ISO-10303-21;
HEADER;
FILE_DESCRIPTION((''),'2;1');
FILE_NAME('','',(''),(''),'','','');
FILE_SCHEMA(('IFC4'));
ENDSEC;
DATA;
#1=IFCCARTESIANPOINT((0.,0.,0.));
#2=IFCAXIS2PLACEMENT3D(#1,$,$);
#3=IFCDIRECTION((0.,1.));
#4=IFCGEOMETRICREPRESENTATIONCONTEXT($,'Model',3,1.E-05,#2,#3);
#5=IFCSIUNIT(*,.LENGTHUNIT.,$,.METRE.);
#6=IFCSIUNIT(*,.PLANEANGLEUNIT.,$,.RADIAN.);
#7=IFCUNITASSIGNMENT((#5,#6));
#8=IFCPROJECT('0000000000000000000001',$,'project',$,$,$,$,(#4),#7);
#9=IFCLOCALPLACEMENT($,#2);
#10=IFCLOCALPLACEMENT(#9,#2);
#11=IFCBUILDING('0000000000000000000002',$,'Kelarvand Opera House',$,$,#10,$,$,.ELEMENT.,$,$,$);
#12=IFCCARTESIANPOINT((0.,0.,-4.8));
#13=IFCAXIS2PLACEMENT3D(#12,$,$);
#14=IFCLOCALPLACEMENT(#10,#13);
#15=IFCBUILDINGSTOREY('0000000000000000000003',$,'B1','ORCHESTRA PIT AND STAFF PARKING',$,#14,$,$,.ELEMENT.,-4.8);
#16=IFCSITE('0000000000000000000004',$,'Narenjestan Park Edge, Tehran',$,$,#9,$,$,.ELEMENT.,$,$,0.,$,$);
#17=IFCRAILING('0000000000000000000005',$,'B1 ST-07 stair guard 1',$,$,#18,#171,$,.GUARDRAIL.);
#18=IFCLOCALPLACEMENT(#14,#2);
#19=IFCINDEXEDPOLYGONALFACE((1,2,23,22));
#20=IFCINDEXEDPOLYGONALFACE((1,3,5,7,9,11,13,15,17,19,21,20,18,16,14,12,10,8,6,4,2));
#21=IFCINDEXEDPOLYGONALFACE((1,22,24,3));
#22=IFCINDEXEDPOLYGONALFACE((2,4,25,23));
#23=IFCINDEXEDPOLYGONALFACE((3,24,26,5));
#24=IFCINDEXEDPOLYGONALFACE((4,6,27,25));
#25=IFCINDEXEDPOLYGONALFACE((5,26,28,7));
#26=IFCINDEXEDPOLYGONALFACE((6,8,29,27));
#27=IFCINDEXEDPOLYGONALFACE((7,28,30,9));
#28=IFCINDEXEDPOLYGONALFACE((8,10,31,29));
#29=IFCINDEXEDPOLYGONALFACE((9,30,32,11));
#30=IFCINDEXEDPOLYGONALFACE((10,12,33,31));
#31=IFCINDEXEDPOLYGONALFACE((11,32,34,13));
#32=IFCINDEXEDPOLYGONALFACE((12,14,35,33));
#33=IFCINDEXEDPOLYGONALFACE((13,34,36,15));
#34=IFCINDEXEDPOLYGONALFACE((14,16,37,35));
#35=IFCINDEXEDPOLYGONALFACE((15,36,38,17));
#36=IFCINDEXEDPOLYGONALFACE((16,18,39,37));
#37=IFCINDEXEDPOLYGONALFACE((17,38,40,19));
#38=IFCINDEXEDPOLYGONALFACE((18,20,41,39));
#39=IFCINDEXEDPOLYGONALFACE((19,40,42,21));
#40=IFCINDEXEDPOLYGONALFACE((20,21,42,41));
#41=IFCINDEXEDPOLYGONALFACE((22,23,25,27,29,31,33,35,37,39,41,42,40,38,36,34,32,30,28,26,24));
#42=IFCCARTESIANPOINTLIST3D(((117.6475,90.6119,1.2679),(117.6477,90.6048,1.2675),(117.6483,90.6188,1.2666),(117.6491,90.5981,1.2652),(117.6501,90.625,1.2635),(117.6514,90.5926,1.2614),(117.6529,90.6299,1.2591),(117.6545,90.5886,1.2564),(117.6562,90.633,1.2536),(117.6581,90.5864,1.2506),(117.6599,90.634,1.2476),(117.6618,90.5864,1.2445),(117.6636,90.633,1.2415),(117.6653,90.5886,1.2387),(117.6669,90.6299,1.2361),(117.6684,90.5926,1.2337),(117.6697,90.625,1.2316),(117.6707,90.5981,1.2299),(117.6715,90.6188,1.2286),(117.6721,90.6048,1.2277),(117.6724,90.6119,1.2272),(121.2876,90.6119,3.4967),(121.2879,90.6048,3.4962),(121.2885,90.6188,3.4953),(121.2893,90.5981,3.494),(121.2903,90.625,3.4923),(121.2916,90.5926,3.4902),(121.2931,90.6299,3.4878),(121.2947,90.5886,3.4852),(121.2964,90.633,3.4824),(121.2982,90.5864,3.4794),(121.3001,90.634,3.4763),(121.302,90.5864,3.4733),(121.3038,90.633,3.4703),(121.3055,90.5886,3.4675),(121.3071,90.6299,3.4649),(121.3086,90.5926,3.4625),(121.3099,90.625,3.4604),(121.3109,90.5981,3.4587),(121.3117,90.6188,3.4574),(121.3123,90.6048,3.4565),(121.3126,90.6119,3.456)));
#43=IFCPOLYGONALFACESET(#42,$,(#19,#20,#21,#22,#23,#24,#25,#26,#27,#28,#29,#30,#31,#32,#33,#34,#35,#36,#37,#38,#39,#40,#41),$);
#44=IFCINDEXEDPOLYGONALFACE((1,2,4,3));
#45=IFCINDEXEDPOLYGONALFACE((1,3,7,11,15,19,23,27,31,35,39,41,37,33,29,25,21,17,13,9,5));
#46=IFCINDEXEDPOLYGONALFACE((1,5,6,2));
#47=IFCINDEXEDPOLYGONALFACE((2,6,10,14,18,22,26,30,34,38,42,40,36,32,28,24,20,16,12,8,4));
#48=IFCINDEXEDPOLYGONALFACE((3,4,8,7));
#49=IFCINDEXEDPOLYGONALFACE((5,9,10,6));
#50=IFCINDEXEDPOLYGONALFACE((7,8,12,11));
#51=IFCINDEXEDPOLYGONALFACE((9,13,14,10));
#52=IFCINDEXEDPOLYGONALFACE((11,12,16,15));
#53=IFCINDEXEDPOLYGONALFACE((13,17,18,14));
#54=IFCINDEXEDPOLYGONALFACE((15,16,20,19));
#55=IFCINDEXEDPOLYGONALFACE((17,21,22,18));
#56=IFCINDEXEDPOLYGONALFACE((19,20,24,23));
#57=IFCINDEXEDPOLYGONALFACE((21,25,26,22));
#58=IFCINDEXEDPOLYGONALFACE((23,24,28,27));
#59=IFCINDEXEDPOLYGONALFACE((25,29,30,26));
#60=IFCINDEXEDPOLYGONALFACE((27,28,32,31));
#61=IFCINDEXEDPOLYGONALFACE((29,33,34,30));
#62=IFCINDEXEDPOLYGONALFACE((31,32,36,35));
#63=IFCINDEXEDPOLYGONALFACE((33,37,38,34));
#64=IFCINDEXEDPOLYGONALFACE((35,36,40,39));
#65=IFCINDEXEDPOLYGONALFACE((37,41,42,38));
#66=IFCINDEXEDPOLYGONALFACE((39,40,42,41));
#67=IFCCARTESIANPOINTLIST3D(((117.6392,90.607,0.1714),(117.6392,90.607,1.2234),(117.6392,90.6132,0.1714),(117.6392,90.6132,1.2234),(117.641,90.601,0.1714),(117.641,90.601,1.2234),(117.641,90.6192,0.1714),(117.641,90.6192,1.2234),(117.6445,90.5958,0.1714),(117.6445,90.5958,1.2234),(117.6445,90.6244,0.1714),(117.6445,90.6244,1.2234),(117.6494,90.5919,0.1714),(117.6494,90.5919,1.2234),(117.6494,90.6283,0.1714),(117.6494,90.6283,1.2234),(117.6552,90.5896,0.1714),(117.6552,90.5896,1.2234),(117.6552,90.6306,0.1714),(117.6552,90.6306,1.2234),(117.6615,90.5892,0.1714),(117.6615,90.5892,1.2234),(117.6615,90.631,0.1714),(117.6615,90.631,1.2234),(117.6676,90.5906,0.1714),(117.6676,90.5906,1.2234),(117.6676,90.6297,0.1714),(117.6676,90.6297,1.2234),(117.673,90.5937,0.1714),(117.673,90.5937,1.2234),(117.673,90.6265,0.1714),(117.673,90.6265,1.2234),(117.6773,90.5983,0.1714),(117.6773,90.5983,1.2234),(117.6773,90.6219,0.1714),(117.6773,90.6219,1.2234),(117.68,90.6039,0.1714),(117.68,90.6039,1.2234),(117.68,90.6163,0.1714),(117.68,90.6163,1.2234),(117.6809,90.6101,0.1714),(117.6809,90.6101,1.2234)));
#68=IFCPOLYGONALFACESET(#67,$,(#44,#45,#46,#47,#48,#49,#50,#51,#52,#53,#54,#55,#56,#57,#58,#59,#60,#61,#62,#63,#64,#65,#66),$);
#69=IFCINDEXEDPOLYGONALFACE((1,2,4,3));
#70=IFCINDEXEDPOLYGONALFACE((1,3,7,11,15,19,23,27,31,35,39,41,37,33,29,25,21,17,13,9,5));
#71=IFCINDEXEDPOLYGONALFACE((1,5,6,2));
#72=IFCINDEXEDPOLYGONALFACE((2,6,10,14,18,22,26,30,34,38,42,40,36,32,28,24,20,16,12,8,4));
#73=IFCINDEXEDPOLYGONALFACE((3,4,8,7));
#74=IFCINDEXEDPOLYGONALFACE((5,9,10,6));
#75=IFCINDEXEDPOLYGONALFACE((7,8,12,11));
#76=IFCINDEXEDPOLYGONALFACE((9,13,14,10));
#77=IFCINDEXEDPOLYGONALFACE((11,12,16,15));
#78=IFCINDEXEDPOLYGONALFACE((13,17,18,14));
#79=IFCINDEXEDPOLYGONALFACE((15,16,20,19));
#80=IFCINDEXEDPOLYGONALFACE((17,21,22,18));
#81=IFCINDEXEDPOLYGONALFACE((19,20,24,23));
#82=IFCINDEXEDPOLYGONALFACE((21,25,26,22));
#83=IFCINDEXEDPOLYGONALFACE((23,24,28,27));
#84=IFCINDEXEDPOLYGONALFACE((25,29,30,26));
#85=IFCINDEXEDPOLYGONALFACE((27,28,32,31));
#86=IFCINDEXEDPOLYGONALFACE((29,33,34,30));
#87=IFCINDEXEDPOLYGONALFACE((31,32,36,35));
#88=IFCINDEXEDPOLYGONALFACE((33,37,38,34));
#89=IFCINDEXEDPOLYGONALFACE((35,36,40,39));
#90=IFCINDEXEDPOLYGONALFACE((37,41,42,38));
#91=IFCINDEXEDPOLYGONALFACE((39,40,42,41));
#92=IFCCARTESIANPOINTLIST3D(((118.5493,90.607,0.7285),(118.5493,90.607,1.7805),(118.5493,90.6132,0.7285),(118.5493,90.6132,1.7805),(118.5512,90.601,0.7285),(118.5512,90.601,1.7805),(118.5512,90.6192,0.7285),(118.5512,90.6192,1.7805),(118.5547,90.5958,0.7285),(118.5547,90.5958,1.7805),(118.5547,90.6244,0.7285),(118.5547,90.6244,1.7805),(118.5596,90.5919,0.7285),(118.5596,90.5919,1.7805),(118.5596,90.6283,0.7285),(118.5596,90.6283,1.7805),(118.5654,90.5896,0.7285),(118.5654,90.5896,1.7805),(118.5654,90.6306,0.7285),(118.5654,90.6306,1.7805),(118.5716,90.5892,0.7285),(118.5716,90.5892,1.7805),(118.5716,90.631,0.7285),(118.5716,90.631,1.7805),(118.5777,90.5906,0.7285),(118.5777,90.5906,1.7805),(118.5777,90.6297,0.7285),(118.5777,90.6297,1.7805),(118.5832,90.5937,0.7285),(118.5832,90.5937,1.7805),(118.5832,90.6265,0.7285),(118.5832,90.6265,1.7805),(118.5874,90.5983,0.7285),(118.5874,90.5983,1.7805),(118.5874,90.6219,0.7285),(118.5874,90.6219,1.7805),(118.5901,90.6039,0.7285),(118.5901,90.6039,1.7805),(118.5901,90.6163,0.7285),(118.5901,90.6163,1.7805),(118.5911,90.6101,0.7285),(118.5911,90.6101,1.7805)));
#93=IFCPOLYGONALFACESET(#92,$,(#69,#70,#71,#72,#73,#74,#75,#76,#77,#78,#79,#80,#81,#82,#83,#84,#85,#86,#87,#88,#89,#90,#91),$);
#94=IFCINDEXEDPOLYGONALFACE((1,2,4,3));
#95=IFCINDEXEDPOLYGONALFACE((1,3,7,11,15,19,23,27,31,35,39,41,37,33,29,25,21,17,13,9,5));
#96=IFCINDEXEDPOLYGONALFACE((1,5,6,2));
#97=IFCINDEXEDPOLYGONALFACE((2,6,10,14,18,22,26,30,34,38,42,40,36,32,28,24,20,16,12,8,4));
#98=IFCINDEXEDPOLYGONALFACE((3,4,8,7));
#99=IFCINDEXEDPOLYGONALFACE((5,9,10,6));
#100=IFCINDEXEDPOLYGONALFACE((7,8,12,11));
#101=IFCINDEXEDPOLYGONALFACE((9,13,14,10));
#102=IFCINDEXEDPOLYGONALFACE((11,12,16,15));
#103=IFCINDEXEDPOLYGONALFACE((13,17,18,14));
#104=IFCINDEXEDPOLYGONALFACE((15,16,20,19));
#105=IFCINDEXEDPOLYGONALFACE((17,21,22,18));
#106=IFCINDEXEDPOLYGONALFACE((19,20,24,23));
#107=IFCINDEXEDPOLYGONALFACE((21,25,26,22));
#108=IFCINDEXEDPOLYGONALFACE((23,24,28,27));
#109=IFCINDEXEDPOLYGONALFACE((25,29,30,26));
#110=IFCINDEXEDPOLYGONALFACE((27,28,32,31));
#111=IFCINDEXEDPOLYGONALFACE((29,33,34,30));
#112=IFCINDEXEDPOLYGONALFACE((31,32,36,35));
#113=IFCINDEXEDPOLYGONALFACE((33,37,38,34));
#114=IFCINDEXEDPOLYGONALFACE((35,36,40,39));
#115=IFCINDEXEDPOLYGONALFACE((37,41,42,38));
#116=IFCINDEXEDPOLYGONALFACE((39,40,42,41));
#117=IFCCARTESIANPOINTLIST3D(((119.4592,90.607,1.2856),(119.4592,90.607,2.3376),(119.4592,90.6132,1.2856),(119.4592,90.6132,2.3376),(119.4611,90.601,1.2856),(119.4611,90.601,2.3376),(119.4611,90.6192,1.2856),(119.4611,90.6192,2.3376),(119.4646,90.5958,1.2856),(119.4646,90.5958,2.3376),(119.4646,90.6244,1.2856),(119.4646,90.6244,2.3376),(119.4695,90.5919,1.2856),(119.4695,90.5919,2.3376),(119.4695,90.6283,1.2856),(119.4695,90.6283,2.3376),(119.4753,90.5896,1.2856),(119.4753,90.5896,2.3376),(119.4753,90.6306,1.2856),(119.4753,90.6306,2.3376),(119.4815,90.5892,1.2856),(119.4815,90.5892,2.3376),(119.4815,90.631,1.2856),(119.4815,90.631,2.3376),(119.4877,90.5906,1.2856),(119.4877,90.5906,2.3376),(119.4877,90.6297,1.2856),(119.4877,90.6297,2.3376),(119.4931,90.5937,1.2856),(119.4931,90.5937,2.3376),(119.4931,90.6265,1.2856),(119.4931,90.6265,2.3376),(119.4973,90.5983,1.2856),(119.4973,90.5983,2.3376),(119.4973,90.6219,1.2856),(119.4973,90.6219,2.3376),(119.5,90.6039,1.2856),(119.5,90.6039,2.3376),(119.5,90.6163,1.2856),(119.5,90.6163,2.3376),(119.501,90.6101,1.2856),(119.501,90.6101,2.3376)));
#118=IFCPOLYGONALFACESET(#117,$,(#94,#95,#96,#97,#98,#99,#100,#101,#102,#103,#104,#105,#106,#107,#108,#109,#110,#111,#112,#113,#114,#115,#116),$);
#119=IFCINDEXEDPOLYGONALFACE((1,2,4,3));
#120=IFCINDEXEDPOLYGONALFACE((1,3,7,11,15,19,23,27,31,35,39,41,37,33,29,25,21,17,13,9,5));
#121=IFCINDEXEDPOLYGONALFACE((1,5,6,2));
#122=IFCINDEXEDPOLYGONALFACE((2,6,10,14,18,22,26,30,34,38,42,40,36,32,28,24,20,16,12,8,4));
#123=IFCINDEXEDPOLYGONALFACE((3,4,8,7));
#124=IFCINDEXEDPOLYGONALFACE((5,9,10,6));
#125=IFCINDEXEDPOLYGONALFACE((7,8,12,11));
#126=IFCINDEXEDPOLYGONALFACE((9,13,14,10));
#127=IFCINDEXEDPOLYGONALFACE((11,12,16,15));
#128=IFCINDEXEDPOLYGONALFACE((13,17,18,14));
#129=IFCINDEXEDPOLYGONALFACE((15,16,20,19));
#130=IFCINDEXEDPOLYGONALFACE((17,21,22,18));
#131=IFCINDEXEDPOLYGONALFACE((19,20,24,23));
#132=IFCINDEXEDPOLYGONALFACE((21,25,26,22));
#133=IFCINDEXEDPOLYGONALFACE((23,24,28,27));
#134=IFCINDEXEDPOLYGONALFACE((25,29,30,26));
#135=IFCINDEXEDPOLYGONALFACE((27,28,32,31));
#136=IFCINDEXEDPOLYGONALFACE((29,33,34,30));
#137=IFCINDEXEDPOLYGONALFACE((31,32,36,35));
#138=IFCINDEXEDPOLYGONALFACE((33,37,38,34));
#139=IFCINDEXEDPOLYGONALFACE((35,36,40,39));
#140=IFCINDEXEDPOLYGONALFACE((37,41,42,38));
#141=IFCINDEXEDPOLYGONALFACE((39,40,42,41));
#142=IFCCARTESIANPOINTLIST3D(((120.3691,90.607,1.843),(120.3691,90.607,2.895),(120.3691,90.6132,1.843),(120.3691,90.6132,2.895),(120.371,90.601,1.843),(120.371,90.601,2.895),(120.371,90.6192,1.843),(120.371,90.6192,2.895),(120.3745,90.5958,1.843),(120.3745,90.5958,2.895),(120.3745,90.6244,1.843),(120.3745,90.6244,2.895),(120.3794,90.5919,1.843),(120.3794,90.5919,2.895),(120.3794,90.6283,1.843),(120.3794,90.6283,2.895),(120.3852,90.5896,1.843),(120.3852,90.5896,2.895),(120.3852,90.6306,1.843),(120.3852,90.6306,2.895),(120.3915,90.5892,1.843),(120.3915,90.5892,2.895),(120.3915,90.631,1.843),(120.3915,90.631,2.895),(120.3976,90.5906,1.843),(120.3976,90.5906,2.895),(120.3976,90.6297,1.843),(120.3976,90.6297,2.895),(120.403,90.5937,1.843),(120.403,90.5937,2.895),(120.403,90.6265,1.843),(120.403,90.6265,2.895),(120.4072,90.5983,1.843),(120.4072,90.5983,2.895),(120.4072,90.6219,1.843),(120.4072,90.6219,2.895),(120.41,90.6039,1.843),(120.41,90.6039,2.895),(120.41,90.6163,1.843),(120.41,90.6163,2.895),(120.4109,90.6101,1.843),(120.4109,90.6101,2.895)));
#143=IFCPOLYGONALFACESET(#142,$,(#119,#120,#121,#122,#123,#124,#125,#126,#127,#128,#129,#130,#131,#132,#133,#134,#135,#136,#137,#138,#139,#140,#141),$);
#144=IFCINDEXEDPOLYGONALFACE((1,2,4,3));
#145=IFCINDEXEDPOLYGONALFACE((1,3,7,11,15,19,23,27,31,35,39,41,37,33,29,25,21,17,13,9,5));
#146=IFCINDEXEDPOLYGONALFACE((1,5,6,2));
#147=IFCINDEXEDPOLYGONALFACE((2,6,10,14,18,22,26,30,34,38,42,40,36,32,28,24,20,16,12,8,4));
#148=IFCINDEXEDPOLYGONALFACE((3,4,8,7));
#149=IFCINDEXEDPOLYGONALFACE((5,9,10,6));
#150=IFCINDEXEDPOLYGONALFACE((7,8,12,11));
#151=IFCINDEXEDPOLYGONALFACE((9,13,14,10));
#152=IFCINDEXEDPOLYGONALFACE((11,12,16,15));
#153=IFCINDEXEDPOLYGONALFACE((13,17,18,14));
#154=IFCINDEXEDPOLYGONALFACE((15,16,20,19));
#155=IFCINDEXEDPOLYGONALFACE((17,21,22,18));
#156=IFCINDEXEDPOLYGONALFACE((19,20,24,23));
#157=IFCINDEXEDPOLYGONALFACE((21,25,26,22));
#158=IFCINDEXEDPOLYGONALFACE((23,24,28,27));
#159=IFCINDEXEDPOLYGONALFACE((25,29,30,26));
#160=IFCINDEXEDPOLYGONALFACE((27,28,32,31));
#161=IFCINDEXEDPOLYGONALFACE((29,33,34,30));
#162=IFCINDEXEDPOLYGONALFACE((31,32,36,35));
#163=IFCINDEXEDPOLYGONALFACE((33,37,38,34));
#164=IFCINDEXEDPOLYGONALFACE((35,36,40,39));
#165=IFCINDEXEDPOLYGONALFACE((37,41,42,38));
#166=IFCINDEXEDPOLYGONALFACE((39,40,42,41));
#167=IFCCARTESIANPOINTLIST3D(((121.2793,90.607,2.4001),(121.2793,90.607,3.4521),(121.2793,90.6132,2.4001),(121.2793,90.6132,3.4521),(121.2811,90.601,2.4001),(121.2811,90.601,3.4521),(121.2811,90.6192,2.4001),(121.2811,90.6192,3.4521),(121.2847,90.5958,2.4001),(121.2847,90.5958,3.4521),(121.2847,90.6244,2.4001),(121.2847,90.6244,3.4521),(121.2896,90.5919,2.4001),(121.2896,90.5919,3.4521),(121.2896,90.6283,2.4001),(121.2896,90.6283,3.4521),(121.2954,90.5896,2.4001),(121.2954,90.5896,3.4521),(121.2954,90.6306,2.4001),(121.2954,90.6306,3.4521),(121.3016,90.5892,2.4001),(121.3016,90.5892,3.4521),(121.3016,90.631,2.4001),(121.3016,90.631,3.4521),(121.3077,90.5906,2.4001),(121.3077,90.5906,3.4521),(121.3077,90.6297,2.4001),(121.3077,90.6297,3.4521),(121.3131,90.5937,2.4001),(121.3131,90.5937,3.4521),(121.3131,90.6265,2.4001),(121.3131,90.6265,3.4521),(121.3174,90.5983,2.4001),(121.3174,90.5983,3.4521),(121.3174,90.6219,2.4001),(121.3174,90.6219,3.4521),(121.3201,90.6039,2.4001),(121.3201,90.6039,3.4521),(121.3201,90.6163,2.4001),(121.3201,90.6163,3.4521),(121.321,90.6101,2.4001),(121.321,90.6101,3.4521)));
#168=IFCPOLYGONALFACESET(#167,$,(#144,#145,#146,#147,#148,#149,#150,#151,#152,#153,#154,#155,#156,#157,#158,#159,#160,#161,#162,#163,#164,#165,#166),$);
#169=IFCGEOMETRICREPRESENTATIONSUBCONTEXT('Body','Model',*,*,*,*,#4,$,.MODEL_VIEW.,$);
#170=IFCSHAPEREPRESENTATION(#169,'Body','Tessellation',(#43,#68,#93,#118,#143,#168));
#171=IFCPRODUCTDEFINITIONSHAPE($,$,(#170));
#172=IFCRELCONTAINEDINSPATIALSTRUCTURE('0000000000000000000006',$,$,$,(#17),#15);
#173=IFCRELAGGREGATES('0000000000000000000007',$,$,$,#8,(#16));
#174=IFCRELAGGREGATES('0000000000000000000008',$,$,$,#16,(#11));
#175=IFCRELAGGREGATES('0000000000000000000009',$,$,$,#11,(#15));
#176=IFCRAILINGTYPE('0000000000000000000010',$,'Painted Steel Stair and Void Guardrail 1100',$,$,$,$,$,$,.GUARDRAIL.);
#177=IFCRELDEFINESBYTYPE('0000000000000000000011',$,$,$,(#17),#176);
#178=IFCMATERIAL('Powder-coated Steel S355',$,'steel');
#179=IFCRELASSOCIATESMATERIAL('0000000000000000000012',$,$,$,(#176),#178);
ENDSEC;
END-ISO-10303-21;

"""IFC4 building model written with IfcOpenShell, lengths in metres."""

from ifc_helpers import new_model, si_unit, direction, frame, origin, origin_2d, place, context, subcontext, project, spatial, circle, extrude, material, type_object, element, save


model = new_model("IFC4")

# Units and contexts
model_context = context("Model", 3, precision=1e-05, world=origin(), true_north=direction((0.0, 1.0)))
body_context = subcontext(model_context, "Body", "Model", "MODEL_VIEW")
ifc_project = project(units=[si_unit("LENGTHUNIT", "METRE"), si_unit("PLANEANGLEUNIT", "RADIAN")], contexts=[model_context])

# Site, building, storey
site_placement = place(None, origin())
site = spatial("IfcSite", under=ifc_project, at=site_placement, Name="Narenjestan Park Edge, Tehran", CompositionType="ELEMENT", RefElevation=0.0)
building_placement = place(site_placement, origin())
building = spatial("IfcBuilding", under=site, at=building_placement, Name="Kelarvand Opera House", CompositionType="ELEMENT")
storey_placement = place(building_placement, frame((0.0, 0.0, -4.8)))
storey = spatial("IfcBuildingStorey", under=building, at=storey_placement, Name="B1", Description="ORCHESTRA PIT AND STAFF PARKING", CompositionType="ELEMENT", Elevation=-4.8)

# Railing
ifc_material_1 = material(Name="Powder-coated Steel S355", Category="steel")
railing_type_1 = type_object("IfcRailingType", Name="Painted Steel Stair and Void Guardrail 1100", PredefinedType="GUARDRAIL", material=ifc_material_1)
railing_1_placement = place(storey_placement, frame((117.6599, 90.6101, 0.1714)))
element("IfcRailing", 1, at=railing_1_placement, inside=storey, type_object=railing_type_1, Name="B1 ST-07 stair guard 1", PredefinedType="GUARDRAIL", context=body_context, shape_type="SweptSolid", body=[
    extrude(circle(Radius=0.0239, at=origin_2d()), frame((0.0, 0.0, 1.0762), z_axis=(0.85284, 0.0, 0.522172), x_axis=(0.0, 1.0, 0.0)), (0.0, 0.0, 1.0), 4.2683),
    extrude(circle(Radius=0.021, at=origin_2d()), origin(), (0.0, 0.0, 1.0), 1.052),
    extrude(circle(Radius=0.021, at=origin_2d()), frame((0.9102, 0.0, 0.5571)), (0.0, 0.0, 1.0), 1.052),
    extrude(circle(Radius=0.021, at=origin_2d()), frame((1.8201, 0.0, 1.1143)), (0.0, 0.0, 1.0), 1.052),
    extrude(circle(Radius=0.021, at=origin_2d()), frame((2.73, 0.0, 1.6716)), (0.0, 0.0, 1.0), 1.052),
    extrude(circle(Radius=0.021, at=origin_2d()), frame((3.6401, 0.0, 2.2288)), (0.0, 0.0, 1.0), 1.052),
])

save(model, "model.ifc")
